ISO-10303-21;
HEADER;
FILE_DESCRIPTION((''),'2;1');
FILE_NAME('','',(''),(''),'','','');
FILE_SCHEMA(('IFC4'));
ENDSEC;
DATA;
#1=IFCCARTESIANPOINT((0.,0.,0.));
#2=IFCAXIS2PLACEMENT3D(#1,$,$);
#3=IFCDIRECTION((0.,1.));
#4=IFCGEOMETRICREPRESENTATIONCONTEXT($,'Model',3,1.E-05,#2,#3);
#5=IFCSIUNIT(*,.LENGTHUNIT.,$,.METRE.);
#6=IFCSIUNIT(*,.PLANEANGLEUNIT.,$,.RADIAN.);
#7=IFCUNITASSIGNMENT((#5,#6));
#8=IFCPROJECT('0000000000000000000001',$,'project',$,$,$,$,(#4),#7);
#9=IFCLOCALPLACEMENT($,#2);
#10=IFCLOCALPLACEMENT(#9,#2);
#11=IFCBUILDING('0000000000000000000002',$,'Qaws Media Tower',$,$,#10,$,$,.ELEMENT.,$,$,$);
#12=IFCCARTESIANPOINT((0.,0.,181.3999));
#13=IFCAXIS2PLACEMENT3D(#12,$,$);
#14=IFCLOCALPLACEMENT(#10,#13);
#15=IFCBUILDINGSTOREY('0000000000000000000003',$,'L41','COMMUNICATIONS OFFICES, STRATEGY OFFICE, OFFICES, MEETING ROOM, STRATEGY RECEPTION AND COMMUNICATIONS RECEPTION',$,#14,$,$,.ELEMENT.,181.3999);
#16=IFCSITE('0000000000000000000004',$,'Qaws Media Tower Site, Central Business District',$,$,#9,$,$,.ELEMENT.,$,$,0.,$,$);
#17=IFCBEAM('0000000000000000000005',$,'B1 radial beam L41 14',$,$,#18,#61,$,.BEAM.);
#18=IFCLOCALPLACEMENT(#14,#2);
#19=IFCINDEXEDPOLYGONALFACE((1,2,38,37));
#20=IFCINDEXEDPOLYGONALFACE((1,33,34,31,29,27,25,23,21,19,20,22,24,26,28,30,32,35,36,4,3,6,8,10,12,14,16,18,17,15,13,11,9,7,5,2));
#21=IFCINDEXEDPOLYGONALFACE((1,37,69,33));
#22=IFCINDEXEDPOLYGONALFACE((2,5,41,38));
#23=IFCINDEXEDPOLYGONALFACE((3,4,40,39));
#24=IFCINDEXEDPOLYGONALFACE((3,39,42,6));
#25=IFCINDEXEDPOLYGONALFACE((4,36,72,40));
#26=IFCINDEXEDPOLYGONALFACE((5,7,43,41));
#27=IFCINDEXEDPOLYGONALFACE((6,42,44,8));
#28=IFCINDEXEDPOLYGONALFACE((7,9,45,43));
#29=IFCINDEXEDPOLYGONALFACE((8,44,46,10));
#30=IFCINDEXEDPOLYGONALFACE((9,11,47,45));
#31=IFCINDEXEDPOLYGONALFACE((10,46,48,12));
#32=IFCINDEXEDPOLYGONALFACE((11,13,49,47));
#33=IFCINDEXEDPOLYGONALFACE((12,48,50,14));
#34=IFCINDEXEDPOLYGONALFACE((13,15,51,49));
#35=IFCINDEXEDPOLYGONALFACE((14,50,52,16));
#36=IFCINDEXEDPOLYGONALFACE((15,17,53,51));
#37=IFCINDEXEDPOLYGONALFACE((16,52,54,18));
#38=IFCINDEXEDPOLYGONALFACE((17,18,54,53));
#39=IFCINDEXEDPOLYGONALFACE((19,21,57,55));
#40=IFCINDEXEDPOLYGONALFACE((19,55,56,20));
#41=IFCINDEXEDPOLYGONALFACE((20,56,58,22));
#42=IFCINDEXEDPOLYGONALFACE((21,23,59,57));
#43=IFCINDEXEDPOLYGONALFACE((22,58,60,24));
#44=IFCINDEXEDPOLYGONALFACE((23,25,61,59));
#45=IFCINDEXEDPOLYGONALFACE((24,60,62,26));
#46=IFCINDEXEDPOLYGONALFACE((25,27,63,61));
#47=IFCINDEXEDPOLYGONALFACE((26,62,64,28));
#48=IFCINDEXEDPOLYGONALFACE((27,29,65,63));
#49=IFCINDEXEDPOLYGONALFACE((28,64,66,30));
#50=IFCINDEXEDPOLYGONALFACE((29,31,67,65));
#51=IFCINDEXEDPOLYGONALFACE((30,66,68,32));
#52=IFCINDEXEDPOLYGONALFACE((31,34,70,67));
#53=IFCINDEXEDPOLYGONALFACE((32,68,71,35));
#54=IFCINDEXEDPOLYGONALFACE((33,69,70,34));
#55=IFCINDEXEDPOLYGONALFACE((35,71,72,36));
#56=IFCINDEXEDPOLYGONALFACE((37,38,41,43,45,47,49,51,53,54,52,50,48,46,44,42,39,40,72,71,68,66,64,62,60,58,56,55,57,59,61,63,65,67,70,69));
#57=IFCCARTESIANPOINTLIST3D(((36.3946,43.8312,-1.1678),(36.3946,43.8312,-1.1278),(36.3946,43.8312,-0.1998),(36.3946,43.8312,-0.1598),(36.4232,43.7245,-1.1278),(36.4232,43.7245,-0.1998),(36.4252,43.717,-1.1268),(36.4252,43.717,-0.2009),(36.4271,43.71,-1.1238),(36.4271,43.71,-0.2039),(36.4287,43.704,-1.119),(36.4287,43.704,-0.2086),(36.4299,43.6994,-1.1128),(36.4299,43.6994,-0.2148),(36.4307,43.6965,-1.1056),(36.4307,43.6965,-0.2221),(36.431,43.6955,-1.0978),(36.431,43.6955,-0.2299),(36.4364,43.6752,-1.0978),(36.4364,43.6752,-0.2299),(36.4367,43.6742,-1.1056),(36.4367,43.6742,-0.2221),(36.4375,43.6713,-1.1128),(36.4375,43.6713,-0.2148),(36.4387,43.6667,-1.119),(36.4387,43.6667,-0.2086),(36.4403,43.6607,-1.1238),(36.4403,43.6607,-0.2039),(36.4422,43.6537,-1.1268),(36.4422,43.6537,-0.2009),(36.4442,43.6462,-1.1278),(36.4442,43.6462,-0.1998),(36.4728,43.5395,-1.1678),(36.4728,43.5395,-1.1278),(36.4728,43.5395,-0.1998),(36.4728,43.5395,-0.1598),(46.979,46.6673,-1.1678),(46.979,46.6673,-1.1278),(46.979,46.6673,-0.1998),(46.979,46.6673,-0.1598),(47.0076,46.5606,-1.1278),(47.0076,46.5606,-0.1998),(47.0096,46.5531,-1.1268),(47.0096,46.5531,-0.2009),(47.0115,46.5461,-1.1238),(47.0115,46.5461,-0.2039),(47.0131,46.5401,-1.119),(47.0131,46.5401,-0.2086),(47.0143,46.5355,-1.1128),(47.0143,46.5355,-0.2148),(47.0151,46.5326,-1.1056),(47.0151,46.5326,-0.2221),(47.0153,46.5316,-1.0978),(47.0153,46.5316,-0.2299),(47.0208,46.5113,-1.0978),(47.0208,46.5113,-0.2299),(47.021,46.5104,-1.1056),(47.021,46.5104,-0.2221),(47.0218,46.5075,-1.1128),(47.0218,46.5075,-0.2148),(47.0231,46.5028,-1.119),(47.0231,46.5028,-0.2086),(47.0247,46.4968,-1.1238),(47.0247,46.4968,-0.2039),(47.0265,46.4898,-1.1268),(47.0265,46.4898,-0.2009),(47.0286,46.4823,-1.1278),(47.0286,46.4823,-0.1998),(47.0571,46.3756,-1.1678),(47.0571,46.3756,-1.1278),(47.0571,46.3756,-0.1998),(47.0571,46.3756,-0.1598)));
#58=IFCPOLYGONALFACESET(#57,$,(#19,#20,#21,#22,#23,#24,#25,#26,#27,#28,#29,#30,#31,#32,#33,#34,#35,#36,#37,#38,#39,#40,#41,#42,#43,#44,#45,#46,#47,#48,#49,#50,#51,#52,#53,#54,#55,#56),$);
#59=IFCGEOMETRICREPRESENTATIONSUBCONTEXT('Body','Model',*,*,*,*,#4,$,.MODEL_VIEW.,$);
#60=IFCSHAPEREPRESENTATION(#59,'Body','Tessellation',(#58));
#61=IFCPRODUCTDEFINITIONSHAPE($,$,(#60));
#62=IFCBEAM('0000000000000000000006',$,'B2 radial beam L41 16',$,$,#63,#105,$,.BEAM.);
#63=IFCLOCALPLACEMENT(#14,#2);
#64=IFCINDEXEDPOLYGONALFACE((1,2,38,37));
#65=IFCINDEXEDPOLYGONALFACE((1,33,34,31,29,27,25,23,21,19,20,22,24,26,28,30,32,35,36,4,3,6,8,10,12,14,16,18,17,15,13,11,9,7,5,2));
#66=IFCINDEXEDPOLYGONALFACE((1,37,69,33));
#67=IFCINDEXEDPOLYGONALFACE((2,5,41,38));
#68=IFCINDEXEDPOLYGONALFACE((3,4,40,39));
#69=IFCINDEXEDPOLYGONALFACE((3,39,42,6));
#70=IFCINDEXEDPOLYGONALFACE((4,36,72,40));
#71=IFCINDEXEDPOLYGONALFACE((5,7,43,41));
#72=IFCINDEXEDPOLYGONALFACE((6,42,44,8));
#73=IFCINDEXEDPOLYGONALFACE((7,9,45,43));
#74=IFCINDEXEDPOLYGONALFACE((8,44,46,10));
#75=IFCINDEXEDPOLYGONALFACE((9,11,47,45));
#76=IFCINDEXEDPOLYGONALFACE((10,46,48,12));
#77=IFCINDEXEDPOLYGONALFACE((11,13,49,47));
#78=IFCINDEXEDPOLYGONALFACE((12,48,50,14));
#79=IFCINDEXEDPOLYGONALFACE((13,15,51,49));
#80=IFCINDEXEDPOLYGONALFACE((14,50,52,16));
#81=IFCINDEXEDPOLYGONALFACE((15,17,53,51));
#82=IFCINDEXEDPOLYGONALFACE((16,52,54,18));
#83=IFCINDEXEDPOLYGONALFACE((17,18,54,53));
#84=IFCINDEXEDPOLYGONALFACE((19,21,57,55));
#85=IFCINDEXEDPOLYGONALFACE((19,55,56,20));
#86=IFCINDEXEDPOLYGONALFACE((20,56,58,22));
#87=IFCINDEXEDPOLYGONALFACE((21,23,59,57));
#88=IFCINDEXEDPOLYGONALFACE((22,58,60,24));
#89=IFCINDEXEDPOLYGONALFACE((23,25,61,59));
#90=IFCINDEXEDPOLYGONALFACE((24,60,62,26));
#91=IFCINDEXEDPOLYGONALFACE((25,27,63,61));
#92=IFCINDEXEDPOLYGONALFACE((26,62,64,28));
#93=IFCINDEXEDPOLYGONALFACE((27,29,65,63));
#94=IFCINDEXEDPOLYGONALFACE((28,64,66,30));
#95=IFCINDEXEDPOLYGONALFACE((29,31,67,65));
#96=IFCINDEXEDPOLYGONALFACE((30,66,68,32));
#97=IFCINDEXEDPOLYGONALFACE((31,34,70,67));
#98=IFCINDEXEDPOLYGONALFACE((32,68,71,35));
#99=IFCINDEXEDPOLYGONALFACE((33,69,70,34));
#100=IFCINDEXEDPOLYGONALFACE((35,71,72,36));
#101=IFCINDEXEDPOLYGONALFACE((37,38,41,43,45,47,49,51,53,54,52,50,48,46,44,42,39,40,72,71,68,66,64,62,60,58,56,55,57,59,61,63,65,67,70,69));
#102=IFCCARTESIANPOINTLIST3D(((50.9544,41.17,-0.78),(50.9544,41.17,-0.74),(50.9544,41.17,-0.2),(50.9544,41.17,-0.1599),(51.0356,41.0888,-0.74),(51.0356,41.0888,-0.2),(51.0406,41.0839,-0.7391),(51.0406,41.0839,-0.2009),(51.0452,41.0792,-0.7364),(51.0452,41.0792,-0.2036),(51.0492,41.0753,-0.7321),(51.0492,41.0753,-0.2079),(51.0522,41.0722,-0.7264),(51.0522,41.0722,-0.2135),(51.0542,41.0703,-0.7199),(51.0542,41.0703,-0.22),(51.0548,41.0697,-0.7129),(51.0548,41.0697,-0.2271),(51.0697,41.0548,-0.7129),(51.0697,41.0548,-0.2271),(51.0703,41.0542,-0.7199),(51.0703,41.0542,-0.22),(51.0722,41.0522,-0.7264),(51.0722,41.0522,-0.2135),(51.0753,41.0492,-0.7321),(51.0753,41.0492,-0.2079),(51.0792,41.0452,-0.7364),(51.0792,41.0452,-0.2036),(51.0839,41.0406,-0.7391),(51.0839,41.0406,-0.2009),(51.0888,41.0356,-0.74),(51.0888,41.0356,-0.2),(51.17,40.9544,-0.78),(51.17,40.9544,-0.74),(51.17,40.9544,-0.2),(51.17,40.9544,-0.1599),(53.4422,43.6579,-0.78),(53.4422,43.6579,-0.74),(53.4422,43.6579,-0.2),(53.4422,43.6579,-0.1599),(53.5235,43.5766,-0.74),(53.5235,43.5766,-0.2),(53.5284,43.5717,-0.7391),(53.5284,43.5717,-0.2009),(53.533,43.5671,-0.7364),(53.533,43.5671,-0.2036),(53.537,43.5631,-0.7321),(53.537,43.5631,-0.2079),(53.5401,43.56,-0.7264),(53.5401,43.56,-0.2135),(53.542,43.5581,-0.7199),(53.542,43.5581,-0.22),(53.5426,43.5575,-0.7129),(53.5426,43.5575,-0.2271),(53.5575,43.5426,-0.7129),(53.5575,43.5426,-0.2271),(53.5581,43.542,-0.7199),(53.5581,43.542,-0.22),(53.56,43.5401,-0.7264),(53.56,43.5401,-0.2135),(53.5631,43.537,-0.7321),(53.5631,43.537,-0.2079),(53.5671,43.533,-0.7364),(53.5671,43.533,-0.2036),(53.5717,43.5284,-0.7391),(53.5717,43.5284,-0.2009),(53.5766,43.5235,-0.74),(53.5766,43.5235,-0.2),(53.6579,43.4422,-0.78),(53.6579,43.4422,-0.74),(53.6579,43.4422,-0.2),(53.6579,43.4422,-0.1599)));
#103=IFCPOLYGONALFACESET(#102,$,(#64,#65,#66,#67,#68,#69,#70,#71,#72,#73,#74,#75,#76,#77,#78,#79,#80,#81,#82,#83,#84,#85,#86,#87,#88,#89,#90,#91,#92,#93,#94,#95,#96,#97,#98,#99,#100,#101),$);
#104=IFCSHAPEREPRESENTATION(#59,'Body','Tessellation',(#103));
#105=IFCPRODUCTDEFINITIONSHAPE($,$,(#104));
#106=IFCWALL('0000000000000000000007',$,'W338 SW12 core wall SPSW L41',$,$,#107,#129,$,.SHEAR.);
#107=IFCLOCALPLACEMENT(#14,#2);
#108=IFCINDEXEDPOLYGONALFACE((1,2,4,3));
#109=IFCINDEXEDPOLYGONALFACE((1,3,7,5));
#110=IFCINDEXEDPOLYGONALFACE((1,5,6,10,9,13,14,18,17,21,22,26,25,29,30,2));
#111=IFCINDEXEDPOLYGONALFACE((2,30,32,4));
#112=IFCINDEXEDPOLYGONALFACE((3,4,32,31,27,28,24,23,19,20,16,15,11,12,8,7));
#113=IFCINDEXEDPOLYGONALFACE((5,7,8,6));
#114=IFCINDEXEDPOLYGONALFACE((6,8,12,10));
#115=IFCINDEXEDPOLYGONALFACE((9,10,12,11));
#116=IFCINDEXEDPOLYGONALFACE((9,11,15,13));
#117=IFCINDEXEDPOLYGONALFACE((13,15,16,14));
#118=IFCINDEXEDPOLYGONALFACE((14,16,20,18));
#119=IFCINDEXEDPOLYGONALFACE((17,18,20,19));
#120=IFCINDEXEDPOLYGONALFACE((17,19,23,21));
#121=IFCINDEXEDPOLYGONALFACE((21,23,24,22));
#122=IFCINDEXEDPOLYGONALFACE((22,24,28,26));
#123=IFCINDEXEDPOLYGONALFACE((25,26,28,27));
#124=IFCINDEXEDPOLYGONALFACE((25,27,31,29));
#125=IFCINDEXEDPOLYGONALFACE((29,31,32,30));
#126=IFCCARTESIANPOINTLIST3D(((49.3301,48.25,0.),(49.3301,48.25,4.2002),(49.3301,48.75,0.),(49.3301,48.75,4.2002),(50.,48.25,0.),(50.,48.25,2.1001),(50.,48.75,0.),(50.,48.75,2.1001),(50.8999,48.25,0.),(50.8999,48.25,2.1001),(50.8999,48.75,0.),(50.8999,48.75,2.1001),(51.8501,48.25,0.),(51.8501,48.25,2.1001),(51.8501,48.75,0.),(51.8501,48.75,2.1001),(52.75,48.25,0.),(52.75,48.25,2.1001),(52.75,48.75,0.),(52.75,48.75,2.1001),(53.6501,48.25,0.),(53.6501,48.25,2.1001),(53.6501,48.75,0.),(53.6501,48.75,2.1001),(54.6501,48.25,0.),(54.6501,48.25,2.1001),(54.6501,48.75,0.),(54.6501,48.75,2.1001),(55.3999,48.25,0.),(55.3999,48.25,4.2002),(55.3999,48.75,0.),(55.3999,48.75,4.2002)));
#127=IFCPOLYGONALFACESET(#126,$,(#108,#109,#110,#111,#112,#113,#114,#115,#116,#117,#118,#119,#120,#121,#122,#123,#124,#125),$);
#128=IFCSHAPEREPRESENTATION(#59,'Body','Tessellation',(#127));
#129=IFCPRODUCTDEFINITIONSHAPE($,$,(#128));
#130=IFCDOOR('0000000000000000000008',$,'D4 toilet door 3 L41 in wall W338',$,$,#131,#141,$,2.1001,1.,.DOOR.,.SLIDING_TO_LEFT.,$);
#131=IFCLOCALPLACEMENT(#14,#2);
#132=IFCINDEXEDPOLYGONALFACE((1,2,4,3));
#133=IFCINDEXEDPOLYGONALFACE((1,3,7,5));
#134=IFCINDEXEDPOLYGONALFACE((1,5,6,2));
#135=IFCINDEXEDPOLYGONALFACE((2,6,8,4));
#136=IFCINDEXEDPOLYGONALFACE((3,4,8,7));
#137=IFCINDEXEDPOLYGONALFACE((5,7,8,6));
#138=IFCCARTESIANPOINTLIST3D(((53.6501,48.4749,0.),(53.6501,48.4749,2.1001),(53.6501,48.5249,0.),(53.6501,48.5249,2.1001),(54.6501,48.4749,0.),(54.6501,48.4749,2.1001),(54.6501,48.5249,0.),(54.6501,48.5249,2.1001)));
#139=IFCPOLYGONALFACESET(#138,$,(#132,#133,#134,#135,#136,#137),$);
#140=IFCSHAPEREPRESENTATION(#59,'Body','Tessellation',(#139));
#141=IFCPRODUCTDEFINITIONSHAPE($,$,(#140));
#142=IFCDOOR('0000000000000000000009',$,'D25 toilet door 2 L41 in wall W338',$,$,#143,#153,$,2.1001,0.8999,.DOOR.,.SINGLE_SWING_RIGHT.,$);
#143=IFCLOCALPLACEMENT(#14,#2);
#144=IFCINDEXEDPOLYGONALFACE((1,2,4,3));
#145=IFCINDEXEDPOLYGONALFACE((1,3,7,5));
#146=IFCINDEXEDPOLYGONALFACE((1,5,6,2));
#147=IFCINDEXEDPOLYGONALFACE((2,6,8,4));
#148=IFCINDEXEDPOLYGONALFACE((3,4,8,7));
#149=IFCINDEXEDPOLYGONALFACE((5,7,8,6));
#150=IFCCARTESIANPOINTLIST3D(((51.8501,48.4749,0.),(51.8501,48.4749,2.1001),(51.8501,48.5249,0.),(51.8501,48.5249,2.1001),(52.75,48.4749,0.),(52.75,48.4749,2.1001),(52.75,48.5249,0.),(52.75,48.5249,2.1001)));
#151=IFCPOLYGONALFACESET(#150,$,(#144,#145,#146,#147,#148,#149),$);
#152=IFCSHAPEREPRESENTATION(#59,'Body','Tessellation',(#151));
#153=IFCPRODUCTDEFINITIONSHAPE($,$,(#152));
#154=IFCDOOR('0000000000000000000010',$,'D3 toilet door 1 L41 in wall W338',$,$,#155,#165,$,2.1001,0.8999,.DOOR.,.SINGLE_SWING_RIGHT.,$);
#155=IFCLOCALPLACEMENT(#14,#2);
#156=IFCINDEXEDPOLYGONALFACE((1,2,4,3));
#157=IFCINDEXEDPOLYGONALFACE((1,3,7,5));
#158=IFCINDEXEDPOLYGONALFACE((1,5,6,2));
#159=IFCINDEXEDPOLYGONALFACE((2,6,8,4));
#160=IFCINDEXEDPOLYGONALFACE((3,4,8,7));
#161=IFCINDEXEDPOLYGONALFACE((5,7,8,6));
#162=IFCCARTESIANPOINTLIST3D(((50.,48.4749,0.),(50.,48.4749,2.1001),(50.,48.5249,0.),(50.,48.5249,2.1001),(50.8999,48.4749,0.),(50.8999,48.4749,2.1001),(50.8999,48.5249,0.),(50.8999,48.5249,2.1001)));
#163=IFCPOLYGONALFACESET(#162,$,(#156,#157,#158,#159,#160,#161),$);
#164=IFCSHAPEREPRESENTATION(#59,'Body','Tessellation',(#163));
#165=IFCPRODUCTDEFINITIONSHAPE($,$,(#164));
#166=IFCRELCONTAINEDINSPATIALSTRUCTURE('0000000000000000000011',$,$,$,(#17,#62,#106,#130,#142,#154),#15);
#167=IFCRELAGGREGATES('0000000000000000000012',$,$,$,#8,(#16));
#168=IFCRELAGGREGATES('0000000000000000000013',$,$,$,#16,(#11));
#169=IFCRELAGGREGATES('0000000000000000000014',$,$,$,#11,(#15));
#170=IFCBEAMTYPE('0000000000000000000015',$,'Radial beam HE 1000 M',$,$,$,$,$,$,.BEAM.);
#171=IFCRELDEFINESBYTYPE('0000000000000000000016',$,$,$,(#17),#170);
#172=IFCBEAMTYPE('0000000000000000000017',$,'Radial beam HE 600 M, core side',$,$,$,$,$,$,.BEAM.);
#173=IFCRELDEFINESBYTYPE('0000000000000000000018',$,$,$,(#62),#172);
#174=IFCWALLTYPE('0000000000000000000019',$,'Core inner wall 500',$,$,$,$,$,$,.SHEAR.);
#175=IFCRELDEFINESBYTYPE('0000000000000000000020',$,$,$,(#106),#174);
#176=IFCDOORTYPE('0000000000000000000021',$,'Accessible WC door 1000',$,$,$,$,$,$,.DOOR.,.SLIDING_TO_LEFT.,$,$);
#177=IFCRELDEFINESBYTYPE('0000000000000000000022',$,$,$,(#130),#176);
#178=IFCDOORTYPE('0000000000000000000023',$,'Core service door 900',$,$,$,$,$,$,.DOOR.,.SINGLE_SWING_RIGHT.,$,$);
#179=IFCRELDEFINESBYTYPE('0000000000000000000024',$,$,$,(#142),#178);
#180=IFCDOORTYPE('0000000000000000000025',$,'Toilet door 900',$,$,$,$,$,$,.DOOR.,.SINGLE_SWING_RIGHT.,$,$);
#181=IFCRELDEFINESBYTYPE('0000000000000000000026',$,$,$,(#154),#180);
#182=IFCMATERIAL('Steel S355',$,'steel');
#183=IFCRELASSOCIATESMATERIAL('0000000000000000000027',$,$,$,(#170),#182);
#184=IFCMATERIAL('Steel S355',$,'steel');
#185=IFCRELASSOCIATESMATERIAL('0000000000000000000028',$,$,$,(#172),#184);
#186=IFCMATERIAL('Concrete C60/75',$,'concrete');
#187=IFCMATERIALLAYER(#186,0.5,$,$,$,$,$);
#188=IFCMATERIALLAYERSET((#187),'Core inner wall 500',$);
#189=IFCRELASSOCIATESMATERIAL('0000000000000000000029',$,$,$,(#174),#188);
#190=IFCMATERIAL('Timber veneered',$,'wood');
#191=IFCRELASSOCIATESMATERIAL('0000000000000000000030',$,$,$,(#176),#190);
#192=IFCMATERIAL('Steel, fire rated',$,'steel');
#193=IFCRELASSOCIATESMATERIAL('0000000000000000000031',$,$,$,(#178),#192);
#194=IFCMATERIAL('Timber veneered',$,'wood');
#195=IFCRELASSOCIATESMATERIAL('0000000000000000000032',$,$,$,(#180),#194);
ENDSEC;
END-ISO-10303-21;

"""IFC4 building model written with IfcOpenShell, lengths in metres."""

from ifc_helpers import new_model, si_unit, direction, frame, frame_2d, origin, origin_2d, place, context, subcontext, project, spatial, rectangle, i_section, extrude, material, layer, layer_set, material_profile, profile_set, type_object, element, fill, save


model = new_model("IFC4")

# Units and contexts
model_context = context("Model", 3, precision=1e-05, world=origin(), true_north=direction((0.0, 1.0)))
body_context = subcontext(model_context, "Body", "Model", "MODEL_VIEW")
ifc_project = project(units=[si_unit("LENGTHUNIT", "METRE"), si_unit("PLANEANGLEUNIT", "RADIAN")], contexts=[model_context])

# Site, building, storey
site_placement = place(None, origin())
site = spatial("IfcSite", under=ifc_project, at=site_placement, Name="Qaws Media Tower Site, Central Business District", CompositionType="ELEMENT", RefElevation=0.0)
building_placement = place(site_placement, origin())
building = spatial("IfcBuilding", under=site, at=building_placement, Name="Qaws Media Tower", CompositionType="ELEMENT")
storey_placement = place(building_placement, frame((0.0, 0.0, 181.3999)))
storey = spatial("IfcBuildingStorey", under=building, at=storey_placement, Name="L41", Description="COMMUNICATIONS OFFICES, STRATEGY OFFICE, OFFICES, MEETING ROOM, STRATEGY RECEPTION AND COMMUNICATIONS RECEPTION", CompositionType="ELEMENT", Elevation=181.3999)

# Beams
ifc_material_1 = material(Name="Steel S355", Category="steel")
ifc_material_profile_1 = material_profile(ifc_material_1, i_section(OverallWidth=0.302, OverallDepth=1.0081, WebThickness=0.021, FlangeThickness=0.04, FilletRadius=0.03, at=origin_2d()), Name="HE 1000 M")
ifc_profile_set_1 = profile_set([ifc_material_profile_1], Name="Steel S355")
beam_type_1 = type_object("IfcBeamType", Name="Radial beam HE 1000 M", PredefinedType="BEAM", material=ifc_profile_set_1)
beam_1_placement = place(storey_placement, frame((47.0181, 46.5215, -0.6638), z_axis=(-0.965924, -0.258826, 0.0), x_axis=(0.258826, -0.965924, 0.0)))
element("IfcBeam", 1, at=beam_1_placement, inside=storey, type_object=beam_type_1, Name="B1 radial beam L41 14", PredefinedType="BEAM", context=body_context, shape_type="SweptSolid", body=[
    extrude(i_section(OverallWidth=0.302, OverallDepth=1.0081, WebThickness=0.021, FlangeThickness=0.04, FilletRadius=0.03, at=origin_2d()), origin(), (0.0, 0.0, 1.0), 10.9578),
])
ifc_material_2 = material(Name="Steel S355", Category="steel")
ifc_material_profile_2 = material_profile(ifc_material_2, i_section(OverallWidth=0.3049, OverallDepth=0.6201, WebThickness=0.021, FlangeThickness=0.04, FilletRadius=0.0271, at=origin_2d()), Name="HE 600 M")
ifc_profile_set_2 = profile_set([ifc_material_profile_2], Name="Steel S355")
beam_type_2 = type_object("IfcBeamType", Name="Radial beam HE 600 M, core side", PredefinedType="BEAM", material=ifc_profile_set_2)
beam_2_placement = place(storey_placement, frame((53.55, 43.55, -0.47), z_axis=(-0.707107, -0.707107, 0.0), x_axis=(0.707107, -0.707107, 0.0)))
element("IfcBeam", 2, at=beam_2_placement, inside=storey, type_object=beam_type_2, Name="B2 radial beam L41 16", PredefinedType="BEAM", context=body_context, shape_type="SweptSolid", body=[
    extrude(i_section(OverallWidth=0.3049, OverallDepth=0.6201, WebThickness=0.021, FlangeThickness=0.04, FilletRadius=0.0271, at=origin_2d()), origin(), (0.0, 0.0, 1.0), 3.5183),
])

# Wall, openings, doors
ifc_material_3 = material(Name="Concrete C60/75", Category="concrete")
ifc_layer_1 = layer(ifc_material_3, 0.5)
ifc_layer_set_1 = layer_set([ifc_layer_1], Name="Core inner wall 500")
wall_type_1 = type_object("IfcWallType", Name="Core inner wall 500", PredefinedType="SHEAR", material=ifc_layer_set_1)
wall_1_placement = place(storey_placement, frame((49.3301, 48.5, 0.0), z_axis=(0.0, 0.0, 1.0), x_axis=(1.0, 0.0, 0.0)))
wall_1 = element("IfcWall", 3, at=wall_1_placement, inside=storey, type_object=wall_type_1, Name="W338 SW12 core wall SPSW L41", PredefinedType="SHEAR", context=body_context, shape_type="SweptSolid", body=[
    extrude(rectangle(XDim=6.0698, YDim=0.5, at=frame_2d((3.0349, 0.0))), origin(), (0.0, 0.0, 1.0), 4.2002),
])
opening_1_placement = place(wall_1_placement, frame((0.6699, 0.0, 0.0)))
opening_1 = element("IfcOpeningElement", 4, at=opening_1_placement, cuts=wall_1, PredefinedType="OPENING", context=body_context, shape_type="SweptSolid", body=[
    extrude(rectangle(XDim=0.8999, YDim=2.1001, at=frame_2d((0.45, 1.05))), frame((0.0, 0.26, 0.0), z_axis=(0.0, -1.0, 0.0), x_axis=(1.0, 0.0, 0.0)), (0.0, 0.0, 1.0), 0.52),
])
opening_2_placement = place(wall_1_placement, frame((2.52, 0.0, 0.0)))
opening_2 = element("IfcOpeningElement", 5, at=opening_2_placement, cuts=wall_1, PredefinedType="OPENING", context=body_context, shape_type="SweptSolid", body=[
    extrude(rectangle(XDim=0.8999, YDim=2.1001, at=frame_2d((0.45, 1.05))), frame((0.0, 0.26, 0.0), z_axis=(0.0, -1.0, 0.0), x_axis=(1.0, 0.0, 0.0)), (0.0, 0.0, 1.0), 0.52),
])
opening_3_placement = place(wall_1_placement, frame((4.3201, 0.0, 0.0)))
opening_3 = element("IfcOpeningElement", 6, at=opening_3_placement, cuts=wall_1, PredefinedType="OPENING", context=body_context, shape_type="SweptSolid", body=[
    extrude(rectangle(XDim=1.0, YDim=2.1001, at=frame_2d((0.5, 1.05))), frame((0.0, 0.26, 0.0), z_axis=(0.0, -1.0, 0.0), x_axis=(1.0, 0.0, 0.0)), (0.0, 0.0, 1.0), 0.52),
])
ifc_material_4 = material(Name="Timber veneered", Category="wood")
door_type_1 = type_object("IfcDoorType", Name="Accessible WC door 1000", OperationType="SLIDING_TO_LEFT", PredefinedType="DOOR", material=ifc_material_4)
door_1_placement = place(opening_3_placement, origin())
door_1 = element("IfcDoor", 7, at=door_1_placement, inside=storey, type_object=door_type_1, Name="D4 toilet door 3 L41 in wall W338", OperationType="SLIDING_TO_LEFT", OverallHeight=2.1001, OverallWidth=1.0, PredefinedType="DOOR", context=body_context, shape_type="SweptSolid", body=[
    extrude(rectangle(XDim=1.0, YDim=2.1001, at=frame_2d((0.5, 1.05))), frame((0.0, 0.0249, 0.0), z_axis=(0.0, -1.0, 0.0), x_axis=(1.0, 0.0, 0.0)), (0.0, 0.0, 1.0), 0.05),
])
fill(opening_3, door_1)
ifc_material_5 = material(Name="Steel, fire rated", Category="steel")
door_type_2 = type_object("IfcDoorType", Name="Core service door 900", OperationType="SINGLE_SWING_RIGHT", PredefinedType="DOOR", material=ifc_material_5)
door_2_placement = place(opening_2_placement, origin())
door_2 = element("IfcDoor", 8, at=door_2_placement, inside=storey, type_object=door_type_2, Name="D25 toilet door 2 L41 in wall W338", OperationType="SINGLE_SWING_RIGHT", OverallHeight=2.1001, OverallWidth=0.8999, PredefinedType="DOOR", context=body_context, shape_type="SweptSolid", body=[
    extrude(rectangle(XDim=0.8999, YDim=2.1001, at=frame_2d((0.45, 1.05))), frame((0.0, 0.0249, 0.0), z_axis=(0.0, -1.0, 0.0), x_axis=(1.0, 0.0, 0.0)), (0.0, 0.0, 1.0), 0.05),
])
fill(opening_2, door_2)
ifc_material_6 = material(Name="Timber veneered", Category="wood")
door_type_3 = type_object("IfcDoorType", Name="Toilet door 900", OperationType="SINGLE_SWING_RIGHT", PredefinedType="DOOR", material=ifc_material_6)
door_3_placement = place(opening_1_placement, origin())
door_3 = element("IfcDoor", 9, at=door_3_placement, inside=storey, type_object=door_type_3, Name="D3 toilet door 1 L41 in wall W338", OperationType="SINGLE_SWING_RIGHT", OverallHeight=2.1001, OverallWidth=0.8999, PredefinedType="DOOR", context=body_context, shape_type="SweptSolid", body=[
    extrude(rectangle(XDim=0.8999, YDim=2.1001, at=frame_2d((0.45, 1.05))), frame((0.0, 0.0249, 0.0), z_axis=(0.0, -1.0, 0.0), x_axis=(1.0, 0.0, 0.0)), (0.0, 0.0, 1.0), 0.05),
])
fill(opening_1, door_3)

save(model, "model.ifc")
